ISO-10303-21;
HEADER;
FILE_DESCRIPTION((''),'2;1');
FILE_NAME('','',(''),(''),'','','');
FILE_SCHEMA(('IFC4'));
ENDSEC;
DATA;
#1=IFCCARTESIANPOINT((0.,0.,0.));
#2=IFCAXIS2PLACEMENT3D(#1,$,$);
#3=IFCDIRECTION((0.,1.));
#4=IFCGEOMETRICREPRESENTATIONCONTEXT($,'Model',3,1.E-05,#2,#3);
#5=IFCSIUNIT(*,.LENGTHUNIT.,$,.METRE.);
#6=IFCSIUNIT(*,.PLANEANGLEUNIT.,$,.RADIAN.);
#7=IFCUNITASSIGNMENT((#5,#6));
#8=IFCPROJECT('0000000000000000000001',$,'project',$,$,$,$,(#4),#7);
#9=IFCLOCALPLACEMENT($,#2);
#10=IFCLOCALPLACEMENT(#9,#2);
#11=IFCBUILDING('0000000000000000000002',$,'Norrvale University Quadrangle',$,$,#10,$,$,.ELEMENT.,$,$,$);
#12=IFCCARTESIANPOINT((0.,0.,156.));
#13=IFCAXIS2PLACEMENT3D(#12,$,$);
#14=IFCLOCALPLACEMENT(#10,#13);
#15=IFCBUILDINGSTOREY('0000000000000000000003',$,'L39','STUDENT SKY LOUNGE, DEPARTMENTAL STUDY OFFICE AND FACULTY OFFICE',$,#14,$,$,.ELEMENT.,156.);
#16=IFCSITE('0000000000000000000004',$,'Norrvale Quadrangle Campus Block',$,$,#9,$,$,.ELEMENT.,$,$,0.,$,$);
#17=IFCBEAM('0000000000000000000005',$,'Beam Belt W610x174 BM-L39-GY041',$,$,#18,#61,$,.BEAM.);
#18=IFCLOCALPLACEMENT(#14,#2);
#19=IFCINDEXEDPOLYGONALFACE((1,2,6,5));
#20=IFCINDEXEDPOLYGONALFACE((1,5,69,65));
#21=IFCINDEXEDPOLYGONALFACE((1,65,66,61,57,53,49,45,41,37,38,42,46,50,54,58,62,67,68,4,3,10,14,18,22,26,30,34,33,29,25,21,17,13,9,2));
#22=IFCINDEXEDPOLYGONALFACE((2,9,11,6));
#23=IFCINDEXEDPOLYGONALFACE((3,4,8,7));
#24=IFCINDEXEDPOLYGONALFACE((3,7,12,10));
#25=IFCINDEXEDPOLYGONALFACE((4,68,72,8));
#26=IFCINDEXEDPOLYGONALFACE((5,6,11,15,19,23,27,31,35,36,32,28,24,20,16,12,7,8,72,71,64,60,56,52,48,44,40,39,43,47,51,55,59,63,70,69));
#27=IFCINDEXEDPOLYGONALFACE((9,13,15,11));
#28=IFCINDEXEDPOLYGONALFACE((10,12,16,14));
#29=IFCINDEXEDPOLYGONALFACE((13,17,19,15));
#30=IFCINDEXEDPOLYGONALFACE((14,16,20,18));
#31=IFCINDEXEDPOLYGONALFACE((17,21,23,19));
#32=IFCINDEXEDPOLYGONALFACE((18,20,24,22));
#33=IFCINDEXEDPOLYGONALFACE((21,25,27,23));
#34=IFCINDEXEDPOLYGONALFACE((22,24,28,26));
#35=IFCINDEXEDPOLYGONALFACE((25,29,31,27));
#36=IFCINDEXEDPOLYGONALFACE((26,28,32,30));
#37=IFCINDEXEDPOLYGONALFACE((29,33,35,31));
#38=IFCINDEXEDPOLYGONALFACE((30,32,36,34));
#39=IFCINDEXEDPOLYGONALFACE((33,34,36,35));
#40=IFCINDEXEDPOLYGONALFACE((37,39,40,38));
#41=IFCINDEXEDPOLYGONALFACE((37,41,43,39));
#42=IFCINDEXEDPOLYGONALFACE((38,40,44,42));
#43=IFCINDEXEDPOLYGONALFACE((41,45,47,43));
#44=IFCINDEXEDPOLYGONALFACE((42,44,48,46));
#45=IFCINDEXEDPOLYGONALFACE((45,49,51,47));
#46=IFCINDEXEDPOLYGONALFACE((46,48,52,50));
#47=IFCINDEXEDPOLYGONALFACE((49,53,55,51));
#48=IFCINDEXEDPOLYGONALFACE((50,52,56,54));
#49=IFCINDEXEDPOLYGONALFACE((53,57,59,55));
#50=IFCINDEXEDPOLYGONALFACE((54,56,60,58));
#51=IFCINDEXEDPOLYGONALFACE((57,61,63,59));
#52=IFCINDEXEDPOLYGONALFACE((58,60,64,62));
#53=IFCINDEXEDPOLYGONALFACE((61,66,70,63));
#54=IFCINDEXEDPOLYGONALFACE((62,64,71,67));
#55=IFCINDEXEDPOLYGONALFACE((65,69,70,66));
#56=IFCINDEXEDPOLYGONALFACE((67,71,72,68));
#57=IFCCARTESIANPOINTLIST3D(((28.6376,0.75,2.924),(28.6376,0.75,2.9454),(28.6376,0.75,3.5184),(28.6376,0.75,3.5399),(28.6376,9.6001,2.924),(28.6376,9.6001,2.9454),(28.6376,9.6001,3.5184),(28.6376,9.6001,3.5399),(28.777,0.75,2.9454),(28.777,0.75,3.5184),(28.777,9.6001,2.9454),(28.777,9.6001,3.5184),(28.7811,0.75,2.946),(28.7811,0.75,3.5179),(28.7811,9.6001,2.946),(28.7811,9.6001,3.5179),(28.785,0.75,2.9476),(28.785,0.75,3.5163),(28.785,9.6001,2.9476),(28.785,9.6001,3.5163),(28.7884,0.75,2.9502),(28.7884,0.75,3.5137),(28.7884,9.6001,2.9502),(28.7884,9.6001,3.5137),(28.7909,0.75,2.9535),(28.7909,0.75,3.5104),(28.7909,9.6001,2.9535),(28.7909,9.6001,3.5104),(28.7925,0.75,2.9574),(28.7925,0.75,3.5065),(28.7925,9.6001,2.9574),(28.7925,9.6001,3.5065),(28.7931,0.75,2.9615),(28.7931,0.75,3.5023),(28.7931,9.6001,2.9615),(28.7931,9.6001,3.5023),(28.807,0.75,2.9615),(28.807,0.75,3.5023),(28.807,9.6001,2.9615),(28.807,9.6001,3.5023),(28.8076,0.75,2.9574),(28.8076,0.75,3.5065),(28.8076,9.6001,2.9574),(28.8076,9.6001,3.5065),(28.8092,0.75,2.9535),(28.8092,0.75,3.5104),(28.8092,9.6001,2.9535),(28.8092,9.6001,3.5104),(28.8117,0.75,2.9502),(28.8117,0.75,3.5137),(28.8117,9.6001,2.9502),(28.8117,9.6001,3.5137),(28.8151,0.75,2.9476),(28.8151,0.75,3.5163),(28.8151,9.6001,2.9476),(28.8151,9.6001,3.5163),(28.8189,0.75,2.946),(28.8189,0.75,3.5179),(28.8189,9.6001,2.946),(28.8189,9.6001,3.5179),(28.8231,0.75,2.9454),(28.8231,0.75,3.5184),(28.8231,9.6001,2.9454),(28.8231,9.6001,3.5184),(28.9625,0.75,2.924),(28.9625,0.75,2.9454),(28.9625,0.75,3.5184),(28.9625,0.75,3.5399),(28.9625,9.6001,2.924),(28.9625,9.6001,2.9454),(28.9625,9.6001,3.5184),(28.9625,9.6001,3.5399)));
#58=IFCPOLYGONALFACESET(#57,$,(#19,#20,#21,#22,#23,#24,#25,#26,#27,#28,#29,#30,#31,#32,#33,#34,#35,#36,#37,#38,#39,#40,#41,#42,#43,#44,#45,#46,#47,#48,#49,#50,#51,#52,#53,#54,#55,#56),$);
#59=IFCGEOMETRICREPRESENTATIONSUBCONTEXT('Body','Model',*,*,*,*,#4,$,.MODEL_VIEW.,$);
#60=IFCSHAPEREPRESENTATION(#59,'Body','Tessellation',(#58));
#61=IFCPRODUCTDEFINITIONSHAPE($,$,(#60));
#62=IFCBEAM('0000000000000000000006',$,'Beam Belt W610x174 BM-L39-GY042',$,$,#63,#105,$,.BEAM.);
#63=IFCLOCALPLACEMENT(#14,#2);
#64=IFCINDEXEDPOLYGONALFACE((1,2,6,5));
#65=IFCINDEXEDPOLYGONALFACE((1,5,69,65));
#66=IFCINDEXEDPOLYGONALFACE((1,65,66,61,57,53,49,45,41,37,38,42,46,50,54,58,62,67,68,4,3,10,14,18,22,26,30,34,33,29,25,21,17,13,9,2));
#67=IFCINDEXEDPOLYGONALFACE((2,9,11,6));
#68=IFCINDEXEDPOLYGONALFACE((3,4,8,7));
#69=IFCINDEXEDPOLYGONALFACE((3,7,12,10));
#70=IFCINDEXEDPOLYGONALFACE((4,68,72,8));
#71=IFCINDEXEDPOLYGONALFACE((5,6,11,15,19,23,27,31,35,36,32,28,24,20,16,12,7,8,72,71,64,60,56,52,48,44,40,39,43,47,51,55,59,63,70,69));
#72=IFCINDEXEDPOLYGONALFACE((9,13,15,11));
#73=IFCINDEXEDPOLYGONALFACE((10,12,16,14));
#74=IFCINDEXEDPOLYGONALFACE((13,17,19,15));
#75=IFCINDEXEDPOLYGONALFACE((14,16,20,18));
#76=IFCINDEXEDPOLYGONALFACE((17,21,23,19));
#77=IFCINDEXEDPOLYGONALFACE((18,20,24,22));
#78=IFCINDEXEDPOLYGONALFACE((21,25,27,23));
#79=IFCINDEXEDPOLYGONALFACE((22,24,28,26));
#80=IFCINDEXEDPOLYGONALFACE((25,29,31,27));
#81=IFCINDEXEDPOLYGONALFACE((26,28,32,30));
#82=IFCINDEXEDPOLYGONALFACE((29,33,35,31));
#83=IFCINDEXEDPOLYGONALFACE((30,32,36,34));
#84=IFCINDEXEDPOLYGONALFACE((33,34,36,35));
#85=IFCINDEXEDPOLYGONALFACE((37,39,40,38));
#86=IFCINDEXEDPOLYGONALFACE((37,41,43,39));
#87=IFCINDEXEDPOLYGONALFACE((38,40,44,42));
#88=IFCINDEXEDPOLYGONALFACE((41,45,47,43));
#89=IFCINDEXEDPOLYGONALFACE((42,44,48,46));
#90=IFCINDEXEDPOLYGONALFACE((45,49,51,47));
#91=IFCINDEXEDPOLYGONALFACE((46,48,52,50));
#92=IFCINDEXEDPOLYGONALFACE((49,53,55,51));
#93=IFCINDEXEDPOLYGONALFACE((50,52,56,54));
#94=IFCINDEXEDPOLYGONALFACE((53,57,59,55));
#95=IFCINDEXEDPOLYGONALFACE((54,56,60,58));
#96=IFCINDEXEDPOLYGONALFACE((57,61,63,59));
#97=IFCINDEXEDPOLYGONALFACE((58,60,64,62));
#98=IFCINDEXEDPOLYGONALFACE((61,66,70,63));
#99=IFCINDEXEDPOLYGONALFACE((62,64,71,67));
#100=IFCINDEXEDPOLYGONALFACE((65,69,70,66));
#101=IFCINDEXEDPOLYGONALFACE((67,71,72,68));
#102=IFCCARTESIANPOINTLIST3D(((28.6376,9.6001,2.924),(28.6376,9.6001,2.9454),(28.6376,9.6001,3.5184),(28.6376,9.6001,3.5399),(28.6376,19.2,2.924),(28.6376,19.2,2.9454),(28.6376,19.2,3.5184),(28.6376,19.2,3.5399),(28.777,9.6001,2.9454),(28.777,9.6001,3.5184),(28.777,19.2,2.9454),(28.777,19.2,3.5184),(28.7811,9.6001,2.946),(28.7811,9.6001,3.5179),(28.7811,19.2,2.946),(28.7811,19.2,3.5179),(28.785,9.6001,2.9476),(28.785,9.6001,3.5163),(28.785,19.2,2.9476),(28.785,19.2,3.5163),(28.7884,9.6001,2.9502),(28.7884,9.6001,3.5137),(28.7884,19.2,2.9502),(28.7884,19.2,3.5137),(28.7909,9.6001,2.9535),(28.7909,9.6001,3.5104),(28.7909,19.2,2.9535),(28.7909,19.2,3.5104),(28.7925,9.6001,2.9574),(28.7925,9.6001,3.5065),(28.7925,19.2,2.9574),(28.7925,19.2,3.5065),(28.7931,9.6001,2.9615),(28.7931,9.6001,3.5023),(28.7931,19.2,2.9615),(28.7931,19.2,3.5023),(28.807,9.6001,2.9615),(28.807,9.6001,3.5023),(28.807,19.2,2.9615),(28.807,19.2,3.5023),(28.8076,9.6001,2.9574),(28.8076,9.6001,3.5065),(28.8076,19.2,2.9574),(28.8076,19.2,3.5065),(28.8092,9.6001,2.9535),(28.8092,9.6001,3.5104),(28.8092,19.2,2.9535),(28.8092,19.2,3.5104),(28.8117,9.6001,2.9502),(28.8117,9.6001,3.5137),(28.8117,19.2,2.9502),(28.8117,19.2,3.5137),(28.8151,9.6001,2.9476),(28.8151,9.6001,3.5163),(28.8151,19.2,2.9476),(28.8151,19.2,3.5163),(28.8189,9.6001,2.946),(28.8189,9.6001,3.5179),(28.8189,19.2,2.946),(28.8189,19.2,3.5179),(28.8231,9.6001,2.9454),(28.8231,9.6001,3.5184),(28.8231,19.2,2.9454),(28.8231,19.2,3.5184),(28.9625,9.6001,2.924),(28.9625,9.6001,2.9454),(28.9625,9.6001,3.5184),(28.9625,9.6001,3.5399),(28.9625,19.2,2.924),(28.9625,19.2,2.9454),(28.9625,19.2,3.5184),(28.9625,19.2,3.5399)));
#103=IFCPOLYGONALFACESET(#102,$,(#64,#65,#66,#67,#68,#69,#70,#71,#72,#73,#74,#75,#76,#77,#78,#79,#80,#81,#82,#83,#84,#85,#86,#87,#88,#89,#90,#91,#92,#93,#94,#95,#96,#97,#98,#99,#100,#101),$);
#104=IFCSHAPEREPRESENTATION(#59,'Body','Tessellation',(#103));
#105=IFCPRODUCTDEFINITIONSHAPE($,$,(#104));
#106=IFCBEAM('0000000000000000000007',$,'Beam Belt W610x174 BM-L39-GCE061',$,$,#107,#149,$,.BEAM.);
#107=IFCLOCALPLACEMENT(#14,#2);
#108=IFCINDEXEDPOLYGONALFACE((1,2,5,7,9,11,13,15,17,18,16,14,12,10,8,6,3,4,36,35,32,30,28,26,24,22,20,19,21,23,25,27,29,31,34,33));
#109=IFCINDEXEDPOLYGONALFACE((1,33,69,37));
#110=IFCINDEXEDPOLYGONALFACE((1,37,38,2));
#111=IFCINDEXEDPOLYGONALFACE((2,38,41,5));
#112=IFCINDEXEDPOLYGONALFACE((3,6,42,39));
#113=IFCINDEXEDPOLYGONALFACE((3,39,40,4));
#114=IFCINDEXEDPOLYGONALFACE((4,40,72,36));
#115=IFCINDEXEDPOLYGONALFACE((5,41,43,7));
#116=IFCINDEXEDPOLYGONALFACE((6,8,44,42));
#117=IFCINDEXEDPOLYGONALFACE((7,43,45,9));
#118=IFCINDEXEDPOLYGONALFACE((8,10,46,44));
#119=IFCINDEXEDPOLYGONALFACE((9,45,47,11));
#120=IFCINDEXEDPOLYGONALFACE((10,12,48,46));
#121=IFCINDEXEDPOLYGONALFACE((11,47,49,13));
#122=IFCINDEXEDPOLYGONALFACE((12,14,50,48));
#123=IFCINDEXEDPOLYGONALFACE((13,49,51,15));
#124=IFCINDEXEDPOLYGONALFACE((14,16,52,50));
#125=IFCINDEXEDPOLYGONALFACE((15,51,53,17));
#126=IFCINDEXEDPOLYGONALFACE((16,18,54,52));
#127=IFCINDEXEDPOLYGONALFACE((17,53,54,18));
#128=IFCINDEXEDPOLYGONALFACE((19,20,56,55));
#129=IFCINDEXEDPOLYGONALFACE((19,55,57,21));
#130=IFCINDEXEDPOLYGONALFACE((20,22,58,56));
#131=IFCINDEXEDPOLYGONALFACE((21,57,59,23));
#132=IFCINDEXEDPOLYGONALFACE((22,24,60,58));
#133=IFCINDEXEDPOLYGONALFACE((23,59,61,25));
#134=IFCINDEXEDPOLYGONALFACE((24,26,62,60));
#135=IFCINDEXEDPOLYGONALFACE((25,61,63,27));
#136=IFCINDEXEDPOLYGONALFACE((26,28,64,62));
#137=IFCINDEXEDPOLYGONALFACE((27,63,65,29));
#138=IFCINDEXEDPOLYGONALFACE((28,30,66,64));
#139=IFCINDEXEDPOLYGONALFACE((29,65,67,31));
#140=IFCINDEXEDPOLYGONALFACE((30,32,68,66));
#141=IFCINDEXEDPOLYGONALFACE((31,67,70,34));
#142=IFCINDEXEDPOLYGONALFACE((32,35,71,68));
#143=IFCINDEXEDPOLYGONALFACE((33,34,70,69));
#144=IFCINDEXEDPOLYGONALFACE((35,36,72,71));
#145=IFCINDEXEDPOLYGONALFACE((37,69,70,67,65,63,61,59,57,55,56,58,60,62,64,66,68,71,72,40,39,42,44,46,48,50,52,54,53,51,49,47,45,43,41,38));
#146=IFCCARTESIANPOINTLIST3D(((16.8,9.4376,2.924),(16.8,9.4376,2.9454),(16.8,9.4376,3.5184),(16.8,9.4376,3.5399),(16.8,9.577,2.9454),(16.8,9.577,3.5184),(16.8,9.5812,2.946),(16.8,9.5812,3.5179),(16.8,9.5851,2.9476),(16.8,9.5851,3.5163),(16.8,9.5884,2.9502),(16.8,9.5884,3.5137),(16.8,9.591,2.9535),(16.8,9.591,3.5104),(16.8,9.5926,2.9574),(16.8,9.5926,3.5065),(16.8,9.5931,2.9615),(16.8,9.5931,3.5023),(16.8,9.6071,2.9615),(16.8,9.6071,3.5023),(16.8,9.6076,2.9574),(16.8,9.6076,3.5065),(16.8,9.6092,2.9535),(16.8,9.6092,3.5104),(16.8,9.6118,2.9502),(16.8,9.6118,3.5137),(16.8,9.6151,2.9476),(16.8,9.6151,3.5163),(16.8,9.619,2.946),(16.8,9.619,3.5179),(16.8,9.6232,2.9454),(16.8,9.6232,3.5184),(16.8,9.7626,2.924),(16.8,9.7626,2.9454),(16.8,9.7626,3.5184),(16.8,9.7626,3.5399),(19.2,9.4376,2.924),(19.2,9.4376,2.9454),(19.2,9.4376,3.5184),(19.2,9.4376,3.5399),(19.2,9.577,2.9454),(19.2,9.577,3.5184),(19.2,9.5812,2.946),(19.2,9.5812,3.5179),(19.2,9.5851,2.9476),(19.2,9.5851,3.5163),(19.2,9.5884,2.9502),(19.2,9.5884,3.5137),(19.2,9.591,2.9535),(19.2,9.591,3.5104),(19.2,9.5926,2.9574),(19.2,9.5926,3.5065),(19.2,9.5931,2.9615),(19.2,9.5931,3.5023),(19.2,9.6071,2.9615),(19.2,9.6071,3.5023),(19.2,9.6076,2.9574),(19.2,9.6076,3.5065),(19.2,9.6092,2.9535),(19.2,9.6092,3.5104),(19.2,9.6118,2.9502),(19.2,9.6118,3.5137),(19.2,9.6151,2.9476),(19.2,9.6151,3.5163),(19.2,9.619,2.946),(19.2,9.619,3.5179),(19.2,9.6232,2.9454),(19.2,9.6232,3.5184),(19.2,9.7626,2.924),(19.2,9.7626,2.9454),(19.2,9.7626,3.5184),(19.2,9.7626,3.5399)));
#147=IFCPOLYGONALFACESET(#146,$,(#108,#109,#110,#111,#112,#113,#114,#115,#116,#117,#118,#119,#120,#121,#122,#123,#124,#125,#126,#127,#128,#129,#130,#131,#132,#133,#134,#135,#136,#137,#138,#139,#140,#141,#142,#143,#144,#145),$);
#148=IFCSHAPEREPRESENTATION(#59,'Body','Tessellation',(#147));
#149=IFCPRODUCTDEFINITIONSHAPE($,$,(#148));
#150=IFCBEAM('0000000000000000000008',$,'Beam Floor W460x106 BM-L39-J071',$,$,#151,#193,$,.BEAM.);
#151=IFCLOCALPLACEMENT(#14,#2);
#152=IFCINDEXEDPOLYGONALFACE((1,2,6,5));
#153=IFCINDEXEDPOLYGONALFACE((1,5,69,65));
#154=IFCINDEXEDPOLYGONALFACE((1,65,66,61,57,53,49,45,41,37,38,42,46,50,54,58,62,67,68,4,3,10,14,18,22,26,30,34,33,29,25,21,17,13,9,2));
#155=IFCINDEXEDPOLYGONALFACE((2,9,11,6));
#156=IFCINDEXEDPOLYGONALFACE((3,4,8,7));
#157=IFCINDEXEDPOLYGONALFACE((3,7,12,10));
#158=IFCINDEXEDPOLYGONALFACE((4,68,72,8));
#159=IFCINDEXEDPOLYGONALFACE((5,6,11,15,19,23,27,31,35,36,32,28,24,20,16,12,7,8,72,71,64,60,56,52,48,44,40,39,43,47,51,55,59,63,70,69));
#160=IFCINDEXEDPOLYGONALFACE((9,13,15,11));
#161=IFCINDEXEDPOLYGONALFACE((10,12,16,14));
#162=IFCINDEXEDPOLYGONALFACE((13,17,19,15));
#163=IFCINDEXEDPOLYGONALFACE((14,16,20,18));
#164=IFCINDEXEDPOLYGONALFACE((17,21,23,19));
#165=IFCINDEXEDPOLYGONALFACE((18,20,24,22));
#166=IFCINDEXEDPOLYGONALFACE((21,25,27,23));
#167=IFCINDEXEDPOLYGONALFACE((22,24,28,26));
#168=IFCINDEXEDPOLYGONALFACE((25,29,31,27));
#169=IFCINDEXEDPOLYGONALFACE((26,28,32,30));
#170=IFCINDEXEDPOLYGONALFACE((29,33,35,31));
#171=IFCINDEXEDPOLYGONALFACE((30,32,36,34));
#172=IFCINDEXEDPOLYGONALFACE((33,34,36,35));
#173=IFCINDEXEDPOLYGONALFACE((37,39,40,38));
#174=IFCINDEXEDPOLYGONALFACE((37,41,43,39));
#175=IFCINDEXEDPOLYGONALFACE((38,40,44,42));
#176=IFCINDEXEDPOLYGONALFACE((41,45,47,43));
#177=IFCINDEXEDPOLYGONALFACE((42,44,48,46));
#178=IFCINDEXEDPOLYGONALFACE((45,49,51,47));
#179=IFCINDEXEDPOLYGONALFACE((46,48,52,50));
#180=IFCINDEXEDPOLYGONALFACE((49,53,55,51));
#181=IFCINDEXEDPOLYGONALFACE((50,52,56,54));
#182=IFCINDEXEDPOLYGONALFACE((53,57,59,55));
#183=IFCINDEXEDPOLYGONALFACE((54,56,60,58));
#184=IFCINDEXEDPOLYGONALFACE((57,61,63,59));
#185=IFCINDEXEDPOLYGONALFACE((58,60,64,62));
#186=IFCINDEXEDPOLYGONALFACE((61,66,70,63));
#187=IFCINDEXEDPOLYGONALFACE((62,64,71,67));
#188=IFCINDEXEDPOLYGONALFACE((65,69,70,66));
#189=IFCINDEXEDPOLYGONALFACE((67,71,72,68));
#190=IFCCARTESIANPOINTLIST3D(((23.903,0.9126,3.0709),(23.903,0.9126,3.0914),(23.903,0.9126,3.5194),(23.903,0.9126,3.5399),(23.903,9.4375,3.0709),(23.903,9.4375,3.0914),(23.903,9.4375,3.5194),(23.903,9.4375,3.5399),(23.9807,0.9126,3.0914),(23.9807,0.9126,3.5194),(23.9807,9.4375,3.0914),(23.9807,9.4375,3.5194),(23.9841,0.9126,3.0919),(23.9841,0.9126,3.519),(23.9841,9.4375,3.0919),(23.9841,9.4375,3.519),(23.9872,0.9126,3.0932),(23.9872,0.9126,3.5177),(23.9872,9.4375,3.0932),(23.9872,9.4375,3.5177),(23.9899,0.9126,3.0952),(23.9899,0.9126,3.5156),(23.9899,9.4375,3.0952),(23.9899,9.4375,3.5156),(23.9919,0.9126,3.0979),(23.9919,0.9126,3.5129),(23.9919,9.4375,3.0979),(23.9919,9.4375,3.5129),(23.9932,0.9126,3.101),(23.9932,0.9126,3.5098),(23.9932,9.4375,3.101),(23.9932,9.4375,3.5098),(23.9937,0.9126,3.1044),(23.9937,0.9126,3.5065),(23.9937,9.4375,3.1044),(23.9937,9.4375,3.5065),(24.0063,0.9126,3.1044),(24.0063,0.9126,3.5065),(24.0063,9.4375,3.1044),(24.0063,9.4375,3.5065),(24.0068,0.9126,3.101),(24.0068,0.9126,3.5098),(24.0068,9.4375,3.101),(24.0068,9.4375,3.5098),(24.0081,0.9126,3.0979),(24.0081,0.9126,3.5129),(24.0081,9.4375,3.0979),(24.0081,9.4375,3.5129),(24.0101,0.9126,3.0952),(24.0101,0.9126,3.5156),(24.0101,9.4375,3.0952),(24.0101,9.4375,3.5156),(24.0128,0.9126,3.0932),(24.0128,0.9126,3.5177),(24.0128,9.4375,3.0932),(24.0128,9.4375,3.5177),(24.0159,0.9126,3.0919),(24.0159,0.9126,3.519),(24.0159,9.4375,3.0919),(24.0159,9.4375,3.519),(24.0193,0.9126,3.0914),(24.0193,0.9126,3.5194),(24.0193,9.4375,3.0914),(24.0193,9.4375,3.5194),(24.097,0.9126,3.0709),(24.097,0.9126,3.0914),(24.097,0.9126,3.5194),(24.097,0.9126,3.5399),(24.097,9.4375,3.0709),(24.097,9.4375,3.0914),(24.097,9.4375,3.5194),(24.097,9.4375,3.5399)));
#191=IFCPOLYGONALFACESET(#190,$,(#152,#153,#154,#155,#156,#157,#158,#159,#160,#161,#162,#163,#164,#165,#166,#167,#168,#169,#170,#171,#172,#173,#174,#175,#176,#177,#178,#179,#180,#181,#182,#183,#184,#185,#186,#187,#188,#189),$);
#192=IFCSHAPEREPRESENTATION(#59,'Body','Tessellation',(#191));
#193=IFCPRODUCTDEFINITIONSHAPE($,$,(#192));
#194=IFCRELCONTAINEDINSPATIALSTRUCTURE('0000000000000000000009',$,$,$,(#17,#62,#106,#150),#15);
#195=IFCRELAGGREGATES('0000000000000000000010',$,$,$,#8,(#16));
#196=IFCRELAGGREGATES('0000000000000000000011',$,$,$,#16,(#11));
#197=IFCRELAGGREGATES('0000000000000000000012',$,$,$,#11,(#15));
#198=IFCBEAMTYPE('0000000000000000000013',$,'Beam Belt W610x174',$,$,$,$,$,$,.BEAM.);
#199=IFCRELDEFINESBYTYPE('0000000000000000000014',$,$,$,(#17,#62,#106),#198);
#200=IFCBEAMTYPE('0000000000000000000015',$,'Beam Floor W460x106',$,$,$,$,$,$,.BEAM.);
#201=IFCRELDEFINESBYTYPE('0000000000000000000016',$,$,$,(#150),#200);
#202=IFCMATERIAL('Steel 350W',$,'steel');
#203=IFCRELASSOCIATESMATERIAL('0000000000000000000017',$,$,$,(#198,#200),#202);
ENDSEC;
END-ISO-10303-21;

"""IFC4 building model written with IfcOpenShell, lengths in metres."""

from ifc_helpers import new_model, si_unit, direction, frame, origin, origin_2d, place, context, subcontext, project, spatial, i_section, extrude, material, material_profile, profile_set, type_object, element, save


model = new_model("IFC4")

# Units and contexts
model_context = context("Model", 3, precision=1e-05, world=origin(), true_north=direction((0.0, 1.0)))
body_context = subcontext(model_context, "Body", "Model", "MODEL_VIEW")
ifc_project = project(units=[si_unit("LENGTHUNIT", "METRE"), si_unit("PLANEANGLEUNIT", "RADIAN")], contexts=[model_context])

# Site, building, storey
site_placement = place(None, origin())
site = spatial("IfcSite", under=ifc_project, at=site_placement, Name="Norrvale Quadrangle Campus Block", CompositionType="ELEMENT", RefElevation=0.0)
building_placement = place(site_placement, origin())
building = spatial("IfcBuilding", under=site, at=building_placement, Name="Norrvale University Quadrangle", CompositionType="ELEMENT")
storey_placement = place(building_placement, frame((0.0, 0.0, 156.0)))
storey = spatial("IfcBuildingStorey", under=building, at=storey_placement, Name="L39", Description="STUDENT SKY LOUNGE, DEPARTMENTAL STUDY OFFICE AND FACULTY OFFICE", CompositionType="ELEMENT", Elevation=156.0)

# Beams
ifc_material_1 = material(Name="Steel 350W", Category="steel")
ifc_material_profile_1 = material_profile(ifc_material_1, i_section(OverallWidth=0.325, OverallDepth=0.616, WebThickness=0.0139, FlangeThickness=0.0215, FilletRadius=0.0161, at=origin_2d()), Name="Steel 350W")
ifc_profile_set_1 = profile_set([ifc_material_profile_1], Name="Steel 350W")
beam_type_1 = type_object("IfcBeamType", Name="Beam Belt W610x174", PredefinedType="BEAM", material=ifc_profile_set_1)
beam_1_placement = place(storey_placement, frame((28.8, 0.75, 3.2319), z_axis=(0.0, 1.0, 0.0), x_axis=(-1.0, 0.0, 0.0)))
element("IfcBeam", 1, at=beam_1_placement, inside=storey, type_object=beam_type_1, Name="Beam Belt W610x174 BM-L39-GY041", PredefinedType="BEAM", context=body_context, shape_type="SweptSolid", body=[
    extrude(i_section(OverallWidth=0.325, OverallDepth=0.616, WebThickness=0.0139, FlangeThickness=0.0215, FilletRadius=0.0161, at=origin_2d()), origin(), (0.0, 0.0, 1.0), 8.8501),
])
beam_2_placement = place(storey_placement, frame((28.8, 9.6001, 3.2319), z_axis=(0.0, 1.0, 0.0), x_axis=(-1.0, 0.0, 0.0)))
element("IfcBeam", 2, at=beam_2_placement, inside=storey, type_object=beam_type_1, Name="Beam Belt W610x174 BM-L39-GY042", PredefinedType="BEAM", context=body_context, shape_type="SweptSolid", body=[
    extrude(i_section(OverallWidth=0.325, OverallDepth=0.616, WebThickness=0.0139, FlangeThickness=0.0215, FilletRadius=0.0161, at=origin_2d()), origin(), (0.0, 0.0, 1.0), 9.5999),
])
beam_3_placement = place(storey_placement, frame((16.8, 9.6001, 3.2319), z_axis=(1.0, 0.0, 0.0), x_axis=(0.0, 1.0, 0.0)))
element("IfcBeam", 3, at=beam_3_placement, inside=storey, type_object=beam_type_1, Name="Beam Belt W610x174 BM-L39-GCE061", PredefinedType="BEAM", context=body_context, shape_type="SweptSolid", body=[
    extrude(i_section(OverallWidth=0.325, OverallDepth=0.616, WebThickness=0.0139, FlangeThickness=0.0215, FilletRadius=0.0161, at=origin_2d()), origin(), (0.0, 0.0, 1.0), 2.3999),
])
ifc_material_profile_2 = material_profile(ifc_material_1, i_section(OverallWidth=0.1941, OverallDepth=0.469, WebThickness=0.0127, FlangeThickness=0.0205, FilletRadius=0.0129, at=origin_2d()), Name="Steel 350W")
ifc_profile_set_2 = profile_set([ifc_material_profile_2], Name="Steel 350W")
beam_type_2 = type_object("IfcBeamType", Name="Beam Floor W460x106", PredefinedType="BEAM", material=ifc_profile_set_2)
beam_4_placement = place(storey_placement, frame((24.0, 0.9126, 3.3054), z_axis=(0.0, 1.0, 0.0), x_axis=(-1.0, 0.0, 0.0)))
element("IfcBeam", 4, at=beam_4_placement, inside=storey, type_object=beam_type_2, Name="Beam Floor W460x106 BM-L39-J071", PredefinedType="BEAM", context=body_context, shape_type="SweptSolid", body=[
    extrude(i_section(OverallWidth=0.1941, OverallDepth=0.469, WebThickness=0.0127, FlangeThickness=0.0205, FilletRadius=0.0129, at=origin_2d()), origin(), (0.0, 0.0, 1.0), 8.5249),
])

save(model, "model.ifc")
